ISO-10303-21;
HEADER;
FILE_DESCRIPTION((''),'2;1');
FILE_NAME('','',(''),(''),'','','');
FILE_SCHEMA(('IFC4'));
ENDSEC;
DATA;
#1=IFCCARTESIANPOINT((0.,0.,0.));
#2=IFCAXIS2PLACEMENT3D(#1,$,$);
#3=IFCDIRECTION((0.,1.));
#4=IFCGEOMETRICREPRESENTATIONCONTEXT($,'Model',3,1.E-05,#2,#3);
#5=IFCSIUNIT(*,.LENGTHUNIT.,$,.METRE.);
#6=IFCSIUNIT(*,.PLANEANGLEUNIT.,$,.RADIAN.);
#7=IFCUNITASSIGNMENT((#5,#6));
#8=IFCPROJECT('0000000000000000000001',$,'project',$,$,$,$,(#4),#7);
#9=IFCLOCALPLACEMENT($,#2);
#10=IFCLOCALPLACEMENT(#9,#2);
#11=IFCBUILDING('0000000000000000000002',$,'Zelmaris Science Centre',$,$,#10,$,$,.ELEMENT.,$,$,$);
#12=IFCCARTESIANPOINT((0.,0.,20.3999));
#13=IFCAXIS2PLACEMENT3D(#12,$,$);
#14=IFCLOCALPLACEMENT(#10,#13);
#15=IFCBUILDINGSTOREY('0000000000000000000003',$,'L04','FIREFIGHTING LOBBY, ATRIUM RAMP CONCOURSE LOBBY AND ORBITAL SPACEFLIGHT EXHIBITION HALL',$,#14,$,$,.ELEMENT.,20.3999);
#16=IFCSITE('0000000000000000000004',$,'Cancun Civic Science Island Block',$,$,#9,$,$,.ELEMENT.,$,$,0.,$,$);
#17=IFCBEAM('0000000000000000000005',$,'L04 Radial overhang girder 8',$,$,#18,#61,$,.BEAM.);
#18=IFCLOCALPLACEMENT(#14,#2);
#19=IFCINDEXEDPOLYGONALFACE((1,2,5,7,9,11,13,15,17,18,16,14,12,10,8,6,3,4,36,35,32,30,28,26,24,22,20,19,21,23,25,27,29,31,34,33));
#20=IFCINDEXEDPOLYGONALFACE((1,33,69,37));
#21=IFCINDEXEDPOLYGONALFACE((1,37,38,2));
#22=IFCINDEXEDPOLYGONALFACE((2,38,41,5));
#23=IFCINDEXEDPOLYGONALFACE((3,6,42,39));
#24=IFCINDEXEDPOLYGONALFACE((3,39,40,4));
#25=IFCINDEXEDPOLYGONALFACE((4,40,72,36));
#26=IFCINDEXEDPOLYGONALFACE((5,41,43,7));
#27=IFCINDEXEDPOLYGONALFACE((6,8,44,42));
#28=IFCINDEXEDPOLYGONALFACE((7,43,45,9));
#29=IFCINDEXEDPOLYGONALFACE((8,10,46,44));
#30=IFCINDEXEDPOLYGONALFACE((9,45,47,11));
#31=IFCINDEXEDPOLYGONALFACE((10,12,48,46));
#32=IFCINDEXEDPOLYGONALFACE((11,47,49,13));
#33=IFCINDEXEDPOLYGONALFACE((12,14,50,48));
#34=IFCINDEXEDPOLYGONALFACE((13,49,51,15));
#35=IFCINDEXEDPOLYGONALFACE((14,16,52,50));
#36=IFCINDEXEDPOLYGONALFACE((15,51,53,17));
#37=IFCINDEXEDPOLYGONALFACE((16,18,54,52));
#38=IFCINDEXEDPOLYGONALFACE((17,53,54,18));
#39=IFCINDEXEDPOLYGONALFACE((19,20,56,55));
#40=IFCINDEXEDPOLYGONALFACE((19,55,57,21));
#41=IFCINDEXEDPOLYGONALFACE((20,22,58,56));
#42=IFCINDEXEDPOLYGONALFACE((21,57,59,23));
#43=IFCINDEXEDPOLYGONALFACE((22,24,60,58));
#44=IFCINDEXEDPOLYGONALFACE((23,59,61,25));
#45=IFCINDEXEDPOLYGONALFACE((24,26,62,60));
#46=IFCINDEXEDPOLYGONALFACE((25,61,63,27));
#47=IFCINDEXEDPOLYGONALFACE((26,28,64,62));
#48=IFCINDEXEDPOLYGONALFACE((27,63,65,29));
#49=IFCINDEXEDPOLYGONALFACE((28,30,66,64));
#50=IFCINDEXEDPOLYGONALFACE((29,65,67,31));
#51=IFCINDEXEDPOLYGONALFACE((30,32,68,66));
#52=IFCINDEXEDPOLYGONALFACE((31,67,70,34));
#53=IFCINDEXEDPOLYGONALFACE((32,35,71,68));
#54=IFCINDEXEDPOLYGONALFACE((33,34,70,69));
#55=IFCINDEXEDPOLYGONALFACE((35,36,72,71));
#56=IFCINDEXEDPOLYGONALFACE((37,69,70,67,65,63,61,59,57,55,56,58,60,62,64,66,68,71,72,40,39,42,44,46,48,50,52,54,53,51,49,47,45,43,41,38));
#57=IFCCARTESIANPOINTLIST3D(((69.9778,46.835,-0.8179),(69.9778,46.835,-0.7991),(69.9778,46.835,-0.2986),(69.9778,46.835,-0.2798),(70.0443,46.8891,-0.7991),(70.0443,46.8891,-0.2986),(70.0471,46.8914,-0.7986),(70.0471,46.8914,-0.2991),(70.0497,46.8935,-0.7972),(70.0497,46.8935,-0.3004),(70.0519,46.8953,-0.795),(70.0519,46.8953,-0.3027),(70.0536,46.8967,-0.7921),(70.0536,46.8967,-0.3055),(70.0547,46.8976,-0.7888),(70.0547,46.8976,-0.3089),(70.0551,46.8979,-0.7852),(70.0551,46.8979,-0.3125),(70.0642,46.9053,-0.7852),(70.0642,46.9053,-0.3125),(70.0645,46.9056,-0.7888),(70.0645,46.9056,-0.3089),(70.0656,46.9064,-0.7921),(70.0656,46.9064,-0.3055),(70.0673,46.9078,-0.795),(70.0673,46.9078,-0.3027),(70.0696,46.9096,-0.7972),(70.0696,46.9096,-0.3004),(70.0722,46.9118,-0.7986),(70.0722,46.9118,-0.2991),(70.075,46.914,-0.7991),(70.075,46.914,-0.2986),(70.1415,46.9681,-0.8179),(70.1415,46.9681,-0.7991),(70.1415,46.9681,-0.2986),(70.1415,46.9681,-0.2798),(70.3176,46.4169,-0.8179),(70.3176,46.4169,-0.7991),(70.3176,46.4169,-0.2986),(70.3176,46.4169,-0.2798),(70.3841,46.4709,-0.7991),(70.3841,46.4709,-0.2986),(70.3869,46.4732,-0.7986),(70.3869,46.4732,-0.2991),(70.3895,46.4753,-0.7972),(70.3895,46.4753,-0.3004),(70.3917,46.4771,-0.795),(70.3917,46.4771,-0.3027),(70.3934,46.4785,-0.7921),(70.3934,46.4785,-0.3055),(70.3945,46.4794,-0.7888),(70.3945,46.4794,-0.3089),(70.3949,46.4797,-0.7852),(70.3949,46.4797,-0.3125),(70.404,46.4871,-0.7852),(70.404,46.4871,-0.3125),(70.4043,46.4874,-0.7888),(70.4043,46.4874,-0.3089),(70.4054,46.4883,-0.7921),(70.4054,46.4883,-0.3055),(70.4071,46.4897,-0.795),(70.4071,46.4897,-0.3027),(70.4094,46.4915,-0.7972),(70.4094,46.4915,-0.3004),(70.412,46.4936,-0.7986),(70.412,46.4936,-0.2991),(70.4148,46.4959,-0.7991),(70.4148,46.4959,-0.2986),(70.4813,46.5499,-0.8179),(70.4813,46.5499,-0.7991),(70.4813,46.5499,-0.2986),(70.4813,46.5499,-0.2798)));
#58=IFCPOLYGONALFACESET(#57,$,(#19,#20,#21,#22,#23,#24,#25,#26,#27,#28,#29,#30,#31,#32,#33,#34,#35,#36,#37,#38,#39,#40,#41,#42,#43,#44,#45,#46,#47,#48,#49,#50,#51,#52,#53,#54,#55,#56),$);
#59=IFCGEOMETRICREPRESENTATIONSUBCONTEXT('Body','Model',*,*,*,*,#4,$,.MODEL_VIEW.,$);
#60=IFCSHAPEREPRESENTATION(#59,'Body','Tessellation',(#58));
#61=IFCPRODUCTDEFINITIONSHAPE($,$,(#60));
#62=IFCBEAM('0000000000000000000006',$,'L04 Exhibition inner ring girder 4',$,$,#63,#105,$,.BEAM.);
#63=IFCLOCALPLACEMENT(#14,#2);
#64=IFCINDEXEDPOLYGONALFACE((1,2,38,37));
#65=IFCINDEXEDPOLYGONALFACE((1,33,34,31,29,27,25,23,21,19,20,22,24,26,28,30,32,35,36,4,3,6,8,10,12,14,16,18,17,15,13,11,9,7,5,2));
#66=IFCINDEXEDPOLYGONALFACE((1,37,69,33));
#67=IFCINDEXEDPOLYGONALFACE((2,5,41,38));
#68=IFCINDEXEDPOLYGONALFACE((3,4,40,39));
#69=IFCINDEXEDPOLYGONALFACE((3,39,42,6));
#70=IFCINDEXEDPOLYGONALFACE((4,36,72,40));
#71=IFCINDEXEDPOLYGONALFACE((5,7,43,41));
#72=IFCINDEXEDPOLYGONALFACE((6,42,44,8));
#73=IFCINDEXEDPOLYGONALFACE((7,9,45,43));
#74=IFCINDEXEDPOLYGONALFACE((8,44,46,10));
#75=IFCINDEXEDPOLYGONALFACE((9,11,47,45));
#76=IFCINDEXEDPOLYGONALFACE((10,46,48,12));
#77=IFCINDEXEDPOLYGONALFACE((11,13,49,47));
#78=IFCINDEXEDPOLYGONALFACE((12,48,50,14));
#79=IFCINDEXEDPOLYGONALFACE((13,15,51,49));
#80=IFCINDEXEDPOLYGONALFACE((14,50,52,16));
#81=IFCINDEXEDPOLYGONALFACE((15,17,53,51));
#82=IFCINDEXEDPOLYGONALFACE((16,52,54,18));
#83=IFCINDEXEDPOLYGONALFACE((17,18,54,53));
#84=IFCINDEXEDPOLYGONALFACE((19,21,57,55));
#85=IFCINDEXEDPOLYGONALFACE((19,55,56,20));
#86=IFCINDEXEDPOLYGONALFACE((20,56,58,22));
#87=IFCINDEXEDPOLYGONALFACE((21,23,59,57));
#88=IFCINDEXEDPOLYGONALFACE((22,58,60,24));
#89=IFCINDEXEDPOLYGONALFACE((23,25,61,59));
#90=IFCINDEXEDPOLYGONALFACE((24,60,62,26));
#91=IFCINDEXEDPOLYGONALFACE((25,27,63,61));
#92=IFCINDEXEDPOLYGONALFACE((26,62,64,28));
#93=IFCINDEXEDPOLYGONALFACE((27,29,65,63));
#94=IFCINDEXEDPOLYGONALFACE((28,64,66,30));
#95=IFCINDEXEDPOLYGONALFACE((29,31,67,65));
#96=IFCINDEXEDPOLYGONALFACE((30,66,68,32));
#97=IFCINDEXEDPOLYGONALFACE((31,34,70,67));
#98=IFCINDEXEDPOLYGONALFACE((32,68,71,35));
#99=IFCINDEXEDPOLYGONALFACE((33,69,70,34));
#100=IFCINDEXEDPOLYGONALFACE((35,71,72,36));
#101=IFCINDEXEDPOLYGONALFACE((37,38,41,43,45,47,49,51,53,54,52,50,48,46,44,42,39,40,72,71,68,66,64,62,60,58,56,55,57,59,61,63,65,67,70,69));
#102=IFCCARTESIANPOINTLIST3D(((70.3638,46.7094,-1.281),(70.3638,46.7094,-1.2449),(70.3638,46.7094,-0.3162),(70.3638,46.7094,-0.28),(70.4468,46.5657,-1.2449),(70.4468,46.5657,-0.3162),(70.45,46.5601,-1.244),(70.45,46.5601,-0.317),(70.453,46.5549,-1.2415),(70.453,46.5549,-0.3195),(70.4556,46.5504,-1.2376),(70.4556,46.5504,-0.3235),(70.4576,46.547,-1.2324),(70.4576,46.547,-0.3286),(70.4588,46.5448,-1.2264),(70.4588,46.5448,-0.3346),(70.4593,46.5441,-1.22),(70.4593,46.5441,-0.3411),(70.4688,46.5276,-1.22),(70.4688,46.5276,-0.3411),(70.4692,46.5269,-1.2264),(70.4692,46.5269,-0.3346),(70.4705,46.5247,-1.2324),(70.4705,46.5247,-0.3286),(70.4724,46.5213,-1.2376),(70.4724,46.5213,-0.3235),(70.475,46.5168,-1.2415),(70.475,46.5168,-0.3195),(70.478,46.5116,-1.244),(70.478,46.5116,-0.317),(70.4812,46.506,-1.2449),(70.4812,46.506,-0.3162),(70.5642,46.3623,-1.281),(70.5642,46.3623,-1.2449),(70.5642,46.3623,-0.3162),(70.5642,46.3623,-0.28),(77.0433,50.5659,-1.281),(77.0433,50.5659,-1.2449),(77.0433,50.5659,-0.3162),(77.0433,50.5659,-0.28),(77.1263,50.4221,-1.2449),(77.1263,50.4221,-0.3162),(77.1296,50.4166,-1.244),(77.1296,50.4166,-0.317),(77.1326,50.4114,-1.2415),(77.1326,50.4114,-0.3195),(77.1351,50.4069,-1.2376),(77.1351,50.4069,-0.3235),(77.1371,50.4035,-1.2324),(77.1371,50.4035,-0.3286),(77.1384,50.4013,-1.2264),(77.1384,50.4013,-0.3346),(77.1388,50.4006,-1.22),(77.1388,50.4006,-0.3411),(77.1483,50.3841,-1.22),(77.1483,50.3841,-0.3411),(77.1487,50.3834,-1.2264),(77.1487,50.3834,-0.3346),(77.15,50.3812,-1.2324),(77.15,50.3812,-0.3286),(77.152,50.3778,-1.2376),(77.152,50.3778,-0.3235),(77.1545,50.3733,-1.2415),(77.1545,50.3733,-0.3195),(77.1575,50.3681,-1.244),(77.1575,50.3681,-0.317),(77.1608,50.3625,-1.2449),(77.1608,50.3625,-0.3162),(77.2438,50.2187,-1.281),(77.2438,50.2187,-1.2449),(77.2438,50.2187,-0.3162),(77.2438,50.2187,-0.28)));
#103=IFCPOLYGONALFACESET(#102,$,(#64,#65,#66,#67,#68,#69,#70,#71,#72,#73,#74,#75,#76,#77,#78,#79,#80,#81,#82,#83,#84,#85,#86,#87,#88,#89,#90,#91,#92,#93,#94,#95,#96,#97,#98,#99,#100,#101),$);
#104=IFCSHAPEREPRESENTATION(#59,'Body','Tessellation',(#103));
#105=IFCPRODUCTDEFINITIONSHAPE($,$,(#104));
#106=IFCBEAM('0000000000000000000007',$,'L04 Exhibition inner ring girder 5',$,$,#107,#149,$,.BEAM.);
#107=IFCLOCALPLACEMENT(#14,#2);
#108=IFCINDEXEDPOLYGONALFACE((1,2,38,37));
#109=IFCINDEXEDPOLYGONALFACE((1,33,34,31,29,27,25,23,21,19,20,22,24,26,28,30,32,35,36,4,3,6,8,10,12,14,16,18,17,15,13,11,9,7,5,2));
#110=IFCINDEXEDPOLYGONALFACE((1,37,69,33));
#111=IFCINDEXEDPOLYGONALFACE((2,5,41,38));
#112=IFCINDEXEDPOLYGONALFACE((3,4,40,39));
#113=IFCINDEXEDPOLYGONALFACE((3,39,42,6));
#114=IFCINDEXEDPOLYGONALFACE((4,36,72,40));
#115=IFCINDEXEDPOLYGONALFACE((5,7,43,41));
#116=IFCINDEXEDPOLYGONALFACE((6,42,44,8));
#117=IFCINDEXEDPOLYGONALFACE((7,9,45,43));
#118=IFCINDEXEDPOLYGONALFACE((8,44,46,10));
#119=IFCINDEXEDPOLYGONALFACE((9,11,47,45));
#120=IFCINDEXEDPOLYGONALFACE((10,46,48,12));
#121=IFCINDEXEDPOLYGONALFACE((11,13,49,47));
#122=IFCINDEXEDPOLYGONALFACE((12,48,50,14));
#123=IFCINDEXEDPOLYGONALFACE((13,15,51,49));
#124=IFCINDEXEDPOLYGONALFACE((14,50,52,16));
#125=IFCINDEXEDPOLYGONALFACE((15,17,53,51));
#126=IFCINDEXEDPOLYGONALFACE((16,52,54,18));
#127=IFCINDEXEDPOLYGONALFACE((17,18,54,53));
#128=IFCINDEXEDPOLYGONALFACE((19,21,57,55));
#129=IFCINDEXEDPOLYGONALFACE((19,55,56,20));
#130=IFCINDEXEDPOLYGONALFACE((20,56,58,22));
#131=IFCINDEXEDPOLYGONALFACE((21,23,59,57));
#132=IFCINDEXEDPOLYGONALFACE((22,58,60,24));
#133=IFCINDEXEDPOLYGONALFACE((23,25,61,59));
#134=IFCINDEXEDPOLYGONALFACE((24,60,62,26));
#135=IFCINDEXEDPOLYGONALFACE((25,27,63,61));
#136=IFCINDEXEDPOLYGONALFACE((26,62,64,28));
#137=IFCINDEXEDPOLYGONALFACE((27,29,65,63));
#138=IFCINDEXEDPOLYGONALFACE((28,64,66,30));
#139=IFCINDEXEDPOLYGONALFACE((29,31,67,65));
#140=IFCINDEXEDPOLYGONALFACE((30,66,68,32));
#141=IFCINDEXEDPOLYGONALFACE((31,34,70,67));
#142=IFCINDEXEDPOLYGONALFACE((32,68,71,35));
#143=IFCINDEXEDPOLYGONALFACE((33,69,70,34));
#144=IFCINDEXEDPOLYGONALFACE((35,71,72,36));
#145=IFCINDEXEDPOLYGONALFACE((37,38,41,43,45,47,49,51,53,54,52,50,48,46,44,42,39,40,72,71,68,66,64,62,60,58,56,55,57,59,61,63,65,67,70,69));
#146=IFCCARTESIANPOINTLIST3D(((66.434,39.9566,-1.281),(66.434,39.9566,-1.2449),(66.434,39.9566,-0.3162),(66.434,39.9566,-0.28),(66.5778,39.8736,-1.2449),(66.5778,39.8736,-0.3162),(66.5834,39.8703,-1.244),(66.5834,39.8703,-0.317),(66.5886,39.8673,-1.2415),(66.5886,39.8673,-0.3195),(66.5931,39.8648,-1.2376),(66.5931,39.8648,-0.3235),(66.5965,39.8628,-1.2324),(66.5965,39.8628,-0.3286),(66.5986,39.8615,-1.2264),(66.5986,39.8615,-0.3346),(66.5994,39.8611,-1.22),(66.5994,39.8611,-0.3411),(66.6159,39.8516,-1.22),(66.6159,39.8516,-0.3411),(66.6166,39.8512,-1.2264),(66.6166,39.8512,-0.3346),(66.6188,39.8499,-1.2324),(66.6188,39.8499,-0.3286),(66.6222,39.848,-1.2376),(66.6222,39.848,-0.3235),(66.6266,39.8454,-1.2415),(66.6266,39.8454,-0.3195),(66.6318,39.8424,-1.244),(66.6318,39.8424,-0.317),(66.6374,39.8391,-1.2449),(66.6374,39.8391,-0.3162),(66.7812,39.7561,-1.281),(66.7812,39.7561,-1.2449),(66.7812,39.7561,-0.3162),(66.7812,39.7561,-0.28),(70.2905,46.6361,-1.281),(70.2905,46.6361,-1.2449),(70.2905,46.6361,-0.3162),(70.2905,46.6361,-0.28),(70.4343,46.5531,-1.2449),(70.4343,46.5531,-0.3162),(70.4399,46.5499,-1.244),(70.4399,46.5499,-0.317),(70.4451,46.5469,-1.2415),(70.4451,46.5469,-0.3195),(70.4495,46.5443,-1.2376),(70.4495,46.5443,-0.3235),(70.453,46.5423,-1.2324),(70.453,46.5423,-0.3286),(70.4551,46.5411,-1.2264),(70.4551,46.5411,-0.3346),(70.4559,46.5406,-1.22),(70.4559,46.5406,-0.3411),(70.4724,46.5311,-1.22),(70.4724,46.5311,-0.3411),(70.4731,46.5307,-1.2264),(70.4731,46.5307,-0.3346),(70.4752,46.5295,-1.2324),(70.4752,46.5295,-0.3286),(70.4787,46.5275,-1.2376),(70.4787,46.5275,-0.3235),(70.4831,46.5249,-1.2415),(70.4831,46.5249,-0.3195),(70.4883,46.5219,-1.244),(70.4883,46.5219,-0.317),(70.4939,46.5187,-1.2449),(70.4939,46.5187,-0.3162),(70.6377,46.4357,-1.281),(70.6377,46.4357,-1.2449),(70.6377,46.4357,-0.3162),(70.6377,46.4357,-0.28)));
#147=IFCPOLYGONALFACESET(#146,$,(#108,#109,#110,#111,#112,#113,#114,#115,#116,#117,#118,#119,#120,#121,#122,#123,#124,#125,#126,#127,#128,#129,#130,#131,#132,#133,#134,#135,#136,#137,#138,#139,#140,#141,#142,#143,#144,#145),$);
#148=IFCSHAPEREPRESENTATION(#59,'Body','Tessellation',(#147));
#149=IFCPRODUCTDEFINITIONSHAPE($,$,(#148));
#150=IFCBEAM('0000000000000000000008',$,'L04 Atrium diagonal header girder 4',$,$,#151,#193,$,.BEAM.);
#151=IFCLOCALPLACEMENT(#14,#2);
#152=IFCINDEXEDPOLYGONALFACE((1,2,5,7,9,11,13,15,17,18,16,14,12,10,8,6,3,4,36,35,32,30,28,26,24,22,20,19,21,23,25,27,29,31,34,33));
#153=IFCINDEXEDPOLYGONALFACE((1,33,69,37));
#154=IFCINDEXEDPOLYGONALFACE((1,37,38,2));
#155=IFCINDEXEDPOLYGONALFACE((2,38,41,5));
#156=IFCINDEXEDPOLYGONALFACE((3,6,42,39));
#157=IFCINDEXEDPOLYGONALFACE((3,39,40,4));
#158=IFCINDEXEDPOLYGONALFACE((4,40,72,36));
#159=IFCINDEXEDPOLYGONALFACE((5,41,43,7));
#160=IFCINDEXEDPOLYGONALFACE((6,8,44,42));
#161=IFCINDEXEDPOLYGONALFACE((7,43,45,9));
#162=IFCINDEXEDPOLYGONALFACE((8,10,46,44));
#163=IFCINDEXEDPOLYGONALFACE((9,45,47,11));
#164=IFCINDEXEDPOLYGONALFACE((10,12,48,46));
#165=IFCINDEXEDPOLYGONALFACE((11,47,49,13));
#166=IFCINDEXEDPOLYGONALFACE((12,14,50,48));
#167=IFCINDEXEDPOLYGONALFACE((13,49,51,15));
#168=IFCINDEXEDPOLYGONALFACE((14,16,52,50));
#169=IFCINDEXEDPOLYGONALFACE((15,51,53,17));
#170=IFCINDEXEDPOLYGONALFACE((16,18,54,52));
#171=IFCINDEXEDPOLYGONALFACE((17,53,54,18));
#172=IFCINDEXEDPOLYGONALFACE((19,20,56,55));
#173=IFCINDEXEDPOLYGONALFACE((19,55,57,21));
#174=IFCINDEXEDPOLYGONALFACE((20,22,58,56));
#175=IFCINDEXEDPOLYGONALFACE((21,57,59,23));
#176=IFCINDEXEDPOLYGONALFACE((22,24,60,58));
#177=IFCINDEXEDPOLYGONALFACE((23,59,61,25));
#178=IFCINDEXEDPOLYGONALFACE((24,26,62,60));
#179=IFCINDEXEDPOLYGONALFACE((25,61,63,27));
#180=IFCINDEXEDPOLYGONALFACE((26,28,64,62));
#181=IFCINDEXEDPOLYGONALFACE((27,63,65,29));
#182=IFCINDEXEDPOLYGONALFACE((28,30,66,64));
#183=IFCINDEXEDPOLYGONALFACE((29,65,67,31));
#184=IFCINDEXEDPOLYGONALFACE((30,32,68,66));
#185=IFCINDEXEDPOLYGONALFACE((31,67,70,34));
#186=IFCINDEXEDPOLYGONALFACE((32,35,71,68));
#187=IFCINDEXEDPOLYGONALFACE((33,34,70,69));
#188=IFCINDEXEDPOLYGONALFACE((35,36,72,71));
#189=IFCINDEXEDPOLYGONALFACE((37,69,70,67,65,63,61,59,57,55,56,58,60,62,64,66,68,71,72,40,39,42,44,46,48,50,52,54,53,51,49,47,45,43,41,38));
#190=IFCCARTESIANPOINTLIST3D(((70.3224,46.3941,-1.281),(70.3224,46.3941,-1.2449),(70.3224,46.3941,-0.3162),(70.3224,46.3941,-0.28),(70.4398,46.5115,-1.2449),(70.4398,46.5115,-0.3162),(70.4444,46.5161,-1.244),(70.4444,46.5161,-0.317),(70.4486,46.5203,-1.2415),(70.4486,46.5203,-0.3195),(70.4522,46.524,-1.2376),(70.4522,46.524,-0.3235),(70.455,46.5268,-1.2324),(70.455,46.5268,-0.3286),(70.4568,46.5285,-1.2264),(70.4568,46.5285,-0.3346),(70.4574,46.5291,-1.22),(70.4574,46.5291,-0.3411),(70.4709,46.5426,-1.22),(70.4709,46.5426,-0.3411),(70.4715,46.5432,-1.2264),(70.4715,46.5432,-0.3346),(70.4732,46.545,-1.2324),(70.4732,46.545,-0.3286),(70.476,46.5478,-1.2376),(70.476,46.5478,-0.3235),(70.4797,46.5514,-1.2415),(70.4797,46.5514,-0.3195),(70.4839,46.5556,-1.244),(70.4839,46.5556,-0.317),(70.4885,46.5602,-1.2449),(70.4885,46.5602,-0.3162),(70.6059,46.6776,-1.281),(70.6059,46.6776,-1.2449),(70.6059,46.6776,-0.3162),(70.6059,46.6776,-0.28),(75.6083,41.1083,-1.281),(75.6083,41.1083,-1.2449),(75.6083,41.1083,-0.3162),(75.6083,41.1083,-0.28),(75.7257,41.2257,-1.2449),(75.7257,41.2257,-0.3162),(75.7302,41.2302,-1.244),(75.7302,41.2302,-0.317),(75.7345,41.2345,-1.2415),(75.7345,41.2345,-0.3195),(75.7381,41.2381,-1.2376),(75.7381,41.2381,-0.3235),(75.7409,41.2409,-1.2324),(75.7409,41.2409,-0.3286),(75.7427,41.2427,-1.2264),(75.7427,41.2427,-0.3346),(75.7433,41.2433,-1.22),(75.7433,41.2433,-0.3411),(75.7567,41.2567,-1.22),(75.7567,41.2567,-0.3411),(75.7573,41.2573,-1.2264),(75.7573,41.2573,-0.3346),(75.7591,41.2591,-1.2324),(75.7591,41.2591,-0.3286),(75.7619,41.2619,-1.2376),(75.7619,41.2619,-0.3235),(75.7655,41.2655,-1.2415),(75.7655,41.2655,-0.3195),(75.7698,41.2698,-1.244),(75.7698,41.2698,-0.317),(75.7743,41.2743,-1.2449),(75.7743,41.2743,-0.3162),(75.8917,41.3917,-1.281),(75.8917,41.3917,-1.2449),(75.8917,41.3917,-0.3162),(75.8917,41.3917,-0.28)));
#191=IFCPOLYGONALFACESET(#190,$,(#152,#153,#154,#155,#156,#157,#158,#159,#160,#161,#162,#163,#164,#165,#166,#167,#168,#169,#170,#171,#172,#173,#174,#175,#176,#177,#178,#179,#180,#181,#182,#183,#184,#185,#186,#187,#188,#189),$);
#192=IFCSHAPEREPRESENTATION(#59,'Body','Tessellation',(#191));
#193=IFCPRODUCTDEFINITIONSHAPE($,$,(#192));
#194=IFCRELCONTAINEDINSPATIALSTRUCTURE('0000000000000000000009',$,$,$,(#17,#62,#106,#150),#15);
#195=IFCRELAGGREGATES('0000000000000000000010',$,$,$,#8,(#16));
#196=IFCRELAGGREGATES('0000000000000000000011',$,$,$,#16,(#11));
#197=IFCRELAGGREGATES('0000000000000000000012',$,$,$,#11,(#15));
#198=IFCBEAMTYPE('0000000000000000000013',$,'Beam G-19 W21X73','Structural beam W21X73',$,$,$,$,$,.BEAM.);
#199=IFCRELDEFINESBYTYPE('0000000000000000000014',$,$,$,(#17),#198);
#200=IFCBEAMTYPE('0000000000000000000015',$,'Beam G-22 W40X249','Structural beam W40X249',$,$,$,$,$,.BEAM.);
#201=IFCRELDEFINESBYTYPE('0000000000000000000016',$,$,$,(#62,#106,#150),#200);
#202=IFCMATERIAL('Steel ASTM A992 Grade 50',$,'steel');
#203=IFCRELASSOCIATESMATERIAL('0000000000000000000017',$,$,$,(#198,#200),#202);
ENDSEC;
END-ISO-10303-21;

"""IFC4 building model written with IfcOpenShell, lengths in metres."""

from ifc_helpers import new_model, si_unit, direction, frame, origin, origin_2d, place, context, subcontext, project, spatial, i_section, extrude, material, material_profile, profile_set, type_object, element, save


model = new_model("IFC4")

# Units and contexts
model_context = context("Model", 3, precision=1e-05, world=origin(), true_north=direction((0.0, 1.0)))
body_context = subcontext(model_context, "Body", "Model", "MODEL_VIEW")
ifc_project = project(units=[si_unit("LENGTHUNIT", "METRE"), si_unit("PLANEANGLEUNIT", "RADIAN")], contexts=[model_context])

# Site, building, storey
site_placement = place(None, origin())
site = spatial("IfcSite", under=ifc_project, at=site_placement, Name="Cancun Civic Science Island Block", CompositionType="ELEMENT", RefElevation=0.0)
building_placement = place(site_placement, origin())
building = spatial("IfcBuilding", under=site, at=building_placement, Name="Zelmaris Science Centre", CompositionType="ELEMENT")
storey_placement = place(building_placement, frame((0.0, 0.0, 20.3999)))
storey = spatial("IfcBuildingStorey", under=building, at=storey_placement, Name="L04", Description="FIREFIGHTING LOBBY, ATRIUM RAMP CONCOURSE LOBBY AND ORBITAL SPACEFLIGHT EXHIBITION HALL", CompositionType="ELEMENT", Elevation=20.3999)

# Shared definitions
ifc_material_1 = material(Name="Steel ASTM A992 Grade 50", Category="steel")

# Beams
ifc_material_profile_1 = material_profile(ifc_material_1, i_section(OverallWidth=0.2109, OverallDepth=0.5381, WebThickness=0.0117, FlangeThickness=0.0188, FilletRadius=0.0139, at=origin_2d()), Name="W21X73")
ifc_profile_set_1 = profile_set([ifc_material_profile_1], Name="Steel ASTM A992 Grade 50")
beam_type_1 = type_object("IfcBeamType", Name="Beam G-19 W21X73", Description="Structural beam W21X73", PredefinedType="BEAM", material=ifc_profile_set_1)
beam_1_placement = place(storey_placement, frame((70.3994, 46.4834, -0.5488), z_axis=(-0.630644, 0.776072, 0.0), x_axis=(-0.776072, -0.630644, 0.0)))
element("IfcBeam", 1, at=beam_1_placement, inside=storey, type_object=beam_type_1, Name="L04 Radial overhang girder 8", PredefinedType="BEAM", context=body_context, shape_type="SweptSolid", body=[
    extrude(i_section(OverallWidth=0.2109, OverallDepth=0.5381, WebThickness=0.0117, FlangeThickness=0.0188, FilletRadius=0.0139, at=origin_2d()), origin(), (0.0, 0.0, 1.0), 0.5388),
])
ifc_material_profile_2 = material_profile(ifc_material_1, i_section(OverallWidth=0.4009, OverallDepth=1.001, WebThickness=0.019, FlangeThickness=0.0361, FilletRadius=0.0249, at=origin_2d()), Name="W40X249")
ifc_profile_set_2 = profile_set([ifc_material_profile_2], Name="Steel ASTM A992 Grade 50")
beam_type_2 = type_object("IfcBeamType", Name="Beam G-22 W40X249", Description="Structural beam W40X249", PredefinedType="BEAM", material=ifc_profile_set_2)
for number, where, z_axis, x_axis, name in (
    (2, (77.1436, 50.3923, -0.7805), (-0.866022, -0.500007, 0.0), (0.500007, -0.866022, 0.0), "L04 Exhibition inner ring girder 4"),
    (3, (70.4641, 46.5359, -0.7805), (-0.500007, -0.866022, 0.0), (0.866022, -0.500007, 0.0), "L04 Exhibition inner ring girder 5"),
):
    element("IfcBeam", number, at=place(storey_placement, frame(where, z_axis=z_axis, x_axis=x_axis)), inside=storey, type_object=beam_type_2, Name=name, PredefinedType="BEAM", context=body_context, shape_type="SweptSolid", body=[
        extrude(i_section(OverallWidth=0.4009, OverallDepth=1.001, WebThickness=0.019, FlangeThickness=0.0361, FilletRadius=0.0249, at=origin_2d()), origin(), (0.0, 0.0, 1.0), 7.7129),
    ])
beam_2_placement = place(storey_placement, frame((75.75, 41.25, -0.7805), z_axis=(-0.707107, 0.707107, 0.0), x_axis=(-0.707107, -0.707107, 0.0)))
element("IfcBeam", 4, at=beam_2_placement, inside=storey, type_object=beam_type_2, Name="L04 Atrium diagonal header girder 4", PredefinedType="BEAM", context=body_context, shape_type="SweptSolid", body=[
    extrude(i_section(OverallWidth=0.4009, OverallDepth=1.001, WebThickness=0.019, FlangeThickness=0.0361, FilletRadius=0.0249, at=origin_2d()), origin(), (0.0, 0.0, 1.0), 7.4753),
])

save(model, "model.ifc")
